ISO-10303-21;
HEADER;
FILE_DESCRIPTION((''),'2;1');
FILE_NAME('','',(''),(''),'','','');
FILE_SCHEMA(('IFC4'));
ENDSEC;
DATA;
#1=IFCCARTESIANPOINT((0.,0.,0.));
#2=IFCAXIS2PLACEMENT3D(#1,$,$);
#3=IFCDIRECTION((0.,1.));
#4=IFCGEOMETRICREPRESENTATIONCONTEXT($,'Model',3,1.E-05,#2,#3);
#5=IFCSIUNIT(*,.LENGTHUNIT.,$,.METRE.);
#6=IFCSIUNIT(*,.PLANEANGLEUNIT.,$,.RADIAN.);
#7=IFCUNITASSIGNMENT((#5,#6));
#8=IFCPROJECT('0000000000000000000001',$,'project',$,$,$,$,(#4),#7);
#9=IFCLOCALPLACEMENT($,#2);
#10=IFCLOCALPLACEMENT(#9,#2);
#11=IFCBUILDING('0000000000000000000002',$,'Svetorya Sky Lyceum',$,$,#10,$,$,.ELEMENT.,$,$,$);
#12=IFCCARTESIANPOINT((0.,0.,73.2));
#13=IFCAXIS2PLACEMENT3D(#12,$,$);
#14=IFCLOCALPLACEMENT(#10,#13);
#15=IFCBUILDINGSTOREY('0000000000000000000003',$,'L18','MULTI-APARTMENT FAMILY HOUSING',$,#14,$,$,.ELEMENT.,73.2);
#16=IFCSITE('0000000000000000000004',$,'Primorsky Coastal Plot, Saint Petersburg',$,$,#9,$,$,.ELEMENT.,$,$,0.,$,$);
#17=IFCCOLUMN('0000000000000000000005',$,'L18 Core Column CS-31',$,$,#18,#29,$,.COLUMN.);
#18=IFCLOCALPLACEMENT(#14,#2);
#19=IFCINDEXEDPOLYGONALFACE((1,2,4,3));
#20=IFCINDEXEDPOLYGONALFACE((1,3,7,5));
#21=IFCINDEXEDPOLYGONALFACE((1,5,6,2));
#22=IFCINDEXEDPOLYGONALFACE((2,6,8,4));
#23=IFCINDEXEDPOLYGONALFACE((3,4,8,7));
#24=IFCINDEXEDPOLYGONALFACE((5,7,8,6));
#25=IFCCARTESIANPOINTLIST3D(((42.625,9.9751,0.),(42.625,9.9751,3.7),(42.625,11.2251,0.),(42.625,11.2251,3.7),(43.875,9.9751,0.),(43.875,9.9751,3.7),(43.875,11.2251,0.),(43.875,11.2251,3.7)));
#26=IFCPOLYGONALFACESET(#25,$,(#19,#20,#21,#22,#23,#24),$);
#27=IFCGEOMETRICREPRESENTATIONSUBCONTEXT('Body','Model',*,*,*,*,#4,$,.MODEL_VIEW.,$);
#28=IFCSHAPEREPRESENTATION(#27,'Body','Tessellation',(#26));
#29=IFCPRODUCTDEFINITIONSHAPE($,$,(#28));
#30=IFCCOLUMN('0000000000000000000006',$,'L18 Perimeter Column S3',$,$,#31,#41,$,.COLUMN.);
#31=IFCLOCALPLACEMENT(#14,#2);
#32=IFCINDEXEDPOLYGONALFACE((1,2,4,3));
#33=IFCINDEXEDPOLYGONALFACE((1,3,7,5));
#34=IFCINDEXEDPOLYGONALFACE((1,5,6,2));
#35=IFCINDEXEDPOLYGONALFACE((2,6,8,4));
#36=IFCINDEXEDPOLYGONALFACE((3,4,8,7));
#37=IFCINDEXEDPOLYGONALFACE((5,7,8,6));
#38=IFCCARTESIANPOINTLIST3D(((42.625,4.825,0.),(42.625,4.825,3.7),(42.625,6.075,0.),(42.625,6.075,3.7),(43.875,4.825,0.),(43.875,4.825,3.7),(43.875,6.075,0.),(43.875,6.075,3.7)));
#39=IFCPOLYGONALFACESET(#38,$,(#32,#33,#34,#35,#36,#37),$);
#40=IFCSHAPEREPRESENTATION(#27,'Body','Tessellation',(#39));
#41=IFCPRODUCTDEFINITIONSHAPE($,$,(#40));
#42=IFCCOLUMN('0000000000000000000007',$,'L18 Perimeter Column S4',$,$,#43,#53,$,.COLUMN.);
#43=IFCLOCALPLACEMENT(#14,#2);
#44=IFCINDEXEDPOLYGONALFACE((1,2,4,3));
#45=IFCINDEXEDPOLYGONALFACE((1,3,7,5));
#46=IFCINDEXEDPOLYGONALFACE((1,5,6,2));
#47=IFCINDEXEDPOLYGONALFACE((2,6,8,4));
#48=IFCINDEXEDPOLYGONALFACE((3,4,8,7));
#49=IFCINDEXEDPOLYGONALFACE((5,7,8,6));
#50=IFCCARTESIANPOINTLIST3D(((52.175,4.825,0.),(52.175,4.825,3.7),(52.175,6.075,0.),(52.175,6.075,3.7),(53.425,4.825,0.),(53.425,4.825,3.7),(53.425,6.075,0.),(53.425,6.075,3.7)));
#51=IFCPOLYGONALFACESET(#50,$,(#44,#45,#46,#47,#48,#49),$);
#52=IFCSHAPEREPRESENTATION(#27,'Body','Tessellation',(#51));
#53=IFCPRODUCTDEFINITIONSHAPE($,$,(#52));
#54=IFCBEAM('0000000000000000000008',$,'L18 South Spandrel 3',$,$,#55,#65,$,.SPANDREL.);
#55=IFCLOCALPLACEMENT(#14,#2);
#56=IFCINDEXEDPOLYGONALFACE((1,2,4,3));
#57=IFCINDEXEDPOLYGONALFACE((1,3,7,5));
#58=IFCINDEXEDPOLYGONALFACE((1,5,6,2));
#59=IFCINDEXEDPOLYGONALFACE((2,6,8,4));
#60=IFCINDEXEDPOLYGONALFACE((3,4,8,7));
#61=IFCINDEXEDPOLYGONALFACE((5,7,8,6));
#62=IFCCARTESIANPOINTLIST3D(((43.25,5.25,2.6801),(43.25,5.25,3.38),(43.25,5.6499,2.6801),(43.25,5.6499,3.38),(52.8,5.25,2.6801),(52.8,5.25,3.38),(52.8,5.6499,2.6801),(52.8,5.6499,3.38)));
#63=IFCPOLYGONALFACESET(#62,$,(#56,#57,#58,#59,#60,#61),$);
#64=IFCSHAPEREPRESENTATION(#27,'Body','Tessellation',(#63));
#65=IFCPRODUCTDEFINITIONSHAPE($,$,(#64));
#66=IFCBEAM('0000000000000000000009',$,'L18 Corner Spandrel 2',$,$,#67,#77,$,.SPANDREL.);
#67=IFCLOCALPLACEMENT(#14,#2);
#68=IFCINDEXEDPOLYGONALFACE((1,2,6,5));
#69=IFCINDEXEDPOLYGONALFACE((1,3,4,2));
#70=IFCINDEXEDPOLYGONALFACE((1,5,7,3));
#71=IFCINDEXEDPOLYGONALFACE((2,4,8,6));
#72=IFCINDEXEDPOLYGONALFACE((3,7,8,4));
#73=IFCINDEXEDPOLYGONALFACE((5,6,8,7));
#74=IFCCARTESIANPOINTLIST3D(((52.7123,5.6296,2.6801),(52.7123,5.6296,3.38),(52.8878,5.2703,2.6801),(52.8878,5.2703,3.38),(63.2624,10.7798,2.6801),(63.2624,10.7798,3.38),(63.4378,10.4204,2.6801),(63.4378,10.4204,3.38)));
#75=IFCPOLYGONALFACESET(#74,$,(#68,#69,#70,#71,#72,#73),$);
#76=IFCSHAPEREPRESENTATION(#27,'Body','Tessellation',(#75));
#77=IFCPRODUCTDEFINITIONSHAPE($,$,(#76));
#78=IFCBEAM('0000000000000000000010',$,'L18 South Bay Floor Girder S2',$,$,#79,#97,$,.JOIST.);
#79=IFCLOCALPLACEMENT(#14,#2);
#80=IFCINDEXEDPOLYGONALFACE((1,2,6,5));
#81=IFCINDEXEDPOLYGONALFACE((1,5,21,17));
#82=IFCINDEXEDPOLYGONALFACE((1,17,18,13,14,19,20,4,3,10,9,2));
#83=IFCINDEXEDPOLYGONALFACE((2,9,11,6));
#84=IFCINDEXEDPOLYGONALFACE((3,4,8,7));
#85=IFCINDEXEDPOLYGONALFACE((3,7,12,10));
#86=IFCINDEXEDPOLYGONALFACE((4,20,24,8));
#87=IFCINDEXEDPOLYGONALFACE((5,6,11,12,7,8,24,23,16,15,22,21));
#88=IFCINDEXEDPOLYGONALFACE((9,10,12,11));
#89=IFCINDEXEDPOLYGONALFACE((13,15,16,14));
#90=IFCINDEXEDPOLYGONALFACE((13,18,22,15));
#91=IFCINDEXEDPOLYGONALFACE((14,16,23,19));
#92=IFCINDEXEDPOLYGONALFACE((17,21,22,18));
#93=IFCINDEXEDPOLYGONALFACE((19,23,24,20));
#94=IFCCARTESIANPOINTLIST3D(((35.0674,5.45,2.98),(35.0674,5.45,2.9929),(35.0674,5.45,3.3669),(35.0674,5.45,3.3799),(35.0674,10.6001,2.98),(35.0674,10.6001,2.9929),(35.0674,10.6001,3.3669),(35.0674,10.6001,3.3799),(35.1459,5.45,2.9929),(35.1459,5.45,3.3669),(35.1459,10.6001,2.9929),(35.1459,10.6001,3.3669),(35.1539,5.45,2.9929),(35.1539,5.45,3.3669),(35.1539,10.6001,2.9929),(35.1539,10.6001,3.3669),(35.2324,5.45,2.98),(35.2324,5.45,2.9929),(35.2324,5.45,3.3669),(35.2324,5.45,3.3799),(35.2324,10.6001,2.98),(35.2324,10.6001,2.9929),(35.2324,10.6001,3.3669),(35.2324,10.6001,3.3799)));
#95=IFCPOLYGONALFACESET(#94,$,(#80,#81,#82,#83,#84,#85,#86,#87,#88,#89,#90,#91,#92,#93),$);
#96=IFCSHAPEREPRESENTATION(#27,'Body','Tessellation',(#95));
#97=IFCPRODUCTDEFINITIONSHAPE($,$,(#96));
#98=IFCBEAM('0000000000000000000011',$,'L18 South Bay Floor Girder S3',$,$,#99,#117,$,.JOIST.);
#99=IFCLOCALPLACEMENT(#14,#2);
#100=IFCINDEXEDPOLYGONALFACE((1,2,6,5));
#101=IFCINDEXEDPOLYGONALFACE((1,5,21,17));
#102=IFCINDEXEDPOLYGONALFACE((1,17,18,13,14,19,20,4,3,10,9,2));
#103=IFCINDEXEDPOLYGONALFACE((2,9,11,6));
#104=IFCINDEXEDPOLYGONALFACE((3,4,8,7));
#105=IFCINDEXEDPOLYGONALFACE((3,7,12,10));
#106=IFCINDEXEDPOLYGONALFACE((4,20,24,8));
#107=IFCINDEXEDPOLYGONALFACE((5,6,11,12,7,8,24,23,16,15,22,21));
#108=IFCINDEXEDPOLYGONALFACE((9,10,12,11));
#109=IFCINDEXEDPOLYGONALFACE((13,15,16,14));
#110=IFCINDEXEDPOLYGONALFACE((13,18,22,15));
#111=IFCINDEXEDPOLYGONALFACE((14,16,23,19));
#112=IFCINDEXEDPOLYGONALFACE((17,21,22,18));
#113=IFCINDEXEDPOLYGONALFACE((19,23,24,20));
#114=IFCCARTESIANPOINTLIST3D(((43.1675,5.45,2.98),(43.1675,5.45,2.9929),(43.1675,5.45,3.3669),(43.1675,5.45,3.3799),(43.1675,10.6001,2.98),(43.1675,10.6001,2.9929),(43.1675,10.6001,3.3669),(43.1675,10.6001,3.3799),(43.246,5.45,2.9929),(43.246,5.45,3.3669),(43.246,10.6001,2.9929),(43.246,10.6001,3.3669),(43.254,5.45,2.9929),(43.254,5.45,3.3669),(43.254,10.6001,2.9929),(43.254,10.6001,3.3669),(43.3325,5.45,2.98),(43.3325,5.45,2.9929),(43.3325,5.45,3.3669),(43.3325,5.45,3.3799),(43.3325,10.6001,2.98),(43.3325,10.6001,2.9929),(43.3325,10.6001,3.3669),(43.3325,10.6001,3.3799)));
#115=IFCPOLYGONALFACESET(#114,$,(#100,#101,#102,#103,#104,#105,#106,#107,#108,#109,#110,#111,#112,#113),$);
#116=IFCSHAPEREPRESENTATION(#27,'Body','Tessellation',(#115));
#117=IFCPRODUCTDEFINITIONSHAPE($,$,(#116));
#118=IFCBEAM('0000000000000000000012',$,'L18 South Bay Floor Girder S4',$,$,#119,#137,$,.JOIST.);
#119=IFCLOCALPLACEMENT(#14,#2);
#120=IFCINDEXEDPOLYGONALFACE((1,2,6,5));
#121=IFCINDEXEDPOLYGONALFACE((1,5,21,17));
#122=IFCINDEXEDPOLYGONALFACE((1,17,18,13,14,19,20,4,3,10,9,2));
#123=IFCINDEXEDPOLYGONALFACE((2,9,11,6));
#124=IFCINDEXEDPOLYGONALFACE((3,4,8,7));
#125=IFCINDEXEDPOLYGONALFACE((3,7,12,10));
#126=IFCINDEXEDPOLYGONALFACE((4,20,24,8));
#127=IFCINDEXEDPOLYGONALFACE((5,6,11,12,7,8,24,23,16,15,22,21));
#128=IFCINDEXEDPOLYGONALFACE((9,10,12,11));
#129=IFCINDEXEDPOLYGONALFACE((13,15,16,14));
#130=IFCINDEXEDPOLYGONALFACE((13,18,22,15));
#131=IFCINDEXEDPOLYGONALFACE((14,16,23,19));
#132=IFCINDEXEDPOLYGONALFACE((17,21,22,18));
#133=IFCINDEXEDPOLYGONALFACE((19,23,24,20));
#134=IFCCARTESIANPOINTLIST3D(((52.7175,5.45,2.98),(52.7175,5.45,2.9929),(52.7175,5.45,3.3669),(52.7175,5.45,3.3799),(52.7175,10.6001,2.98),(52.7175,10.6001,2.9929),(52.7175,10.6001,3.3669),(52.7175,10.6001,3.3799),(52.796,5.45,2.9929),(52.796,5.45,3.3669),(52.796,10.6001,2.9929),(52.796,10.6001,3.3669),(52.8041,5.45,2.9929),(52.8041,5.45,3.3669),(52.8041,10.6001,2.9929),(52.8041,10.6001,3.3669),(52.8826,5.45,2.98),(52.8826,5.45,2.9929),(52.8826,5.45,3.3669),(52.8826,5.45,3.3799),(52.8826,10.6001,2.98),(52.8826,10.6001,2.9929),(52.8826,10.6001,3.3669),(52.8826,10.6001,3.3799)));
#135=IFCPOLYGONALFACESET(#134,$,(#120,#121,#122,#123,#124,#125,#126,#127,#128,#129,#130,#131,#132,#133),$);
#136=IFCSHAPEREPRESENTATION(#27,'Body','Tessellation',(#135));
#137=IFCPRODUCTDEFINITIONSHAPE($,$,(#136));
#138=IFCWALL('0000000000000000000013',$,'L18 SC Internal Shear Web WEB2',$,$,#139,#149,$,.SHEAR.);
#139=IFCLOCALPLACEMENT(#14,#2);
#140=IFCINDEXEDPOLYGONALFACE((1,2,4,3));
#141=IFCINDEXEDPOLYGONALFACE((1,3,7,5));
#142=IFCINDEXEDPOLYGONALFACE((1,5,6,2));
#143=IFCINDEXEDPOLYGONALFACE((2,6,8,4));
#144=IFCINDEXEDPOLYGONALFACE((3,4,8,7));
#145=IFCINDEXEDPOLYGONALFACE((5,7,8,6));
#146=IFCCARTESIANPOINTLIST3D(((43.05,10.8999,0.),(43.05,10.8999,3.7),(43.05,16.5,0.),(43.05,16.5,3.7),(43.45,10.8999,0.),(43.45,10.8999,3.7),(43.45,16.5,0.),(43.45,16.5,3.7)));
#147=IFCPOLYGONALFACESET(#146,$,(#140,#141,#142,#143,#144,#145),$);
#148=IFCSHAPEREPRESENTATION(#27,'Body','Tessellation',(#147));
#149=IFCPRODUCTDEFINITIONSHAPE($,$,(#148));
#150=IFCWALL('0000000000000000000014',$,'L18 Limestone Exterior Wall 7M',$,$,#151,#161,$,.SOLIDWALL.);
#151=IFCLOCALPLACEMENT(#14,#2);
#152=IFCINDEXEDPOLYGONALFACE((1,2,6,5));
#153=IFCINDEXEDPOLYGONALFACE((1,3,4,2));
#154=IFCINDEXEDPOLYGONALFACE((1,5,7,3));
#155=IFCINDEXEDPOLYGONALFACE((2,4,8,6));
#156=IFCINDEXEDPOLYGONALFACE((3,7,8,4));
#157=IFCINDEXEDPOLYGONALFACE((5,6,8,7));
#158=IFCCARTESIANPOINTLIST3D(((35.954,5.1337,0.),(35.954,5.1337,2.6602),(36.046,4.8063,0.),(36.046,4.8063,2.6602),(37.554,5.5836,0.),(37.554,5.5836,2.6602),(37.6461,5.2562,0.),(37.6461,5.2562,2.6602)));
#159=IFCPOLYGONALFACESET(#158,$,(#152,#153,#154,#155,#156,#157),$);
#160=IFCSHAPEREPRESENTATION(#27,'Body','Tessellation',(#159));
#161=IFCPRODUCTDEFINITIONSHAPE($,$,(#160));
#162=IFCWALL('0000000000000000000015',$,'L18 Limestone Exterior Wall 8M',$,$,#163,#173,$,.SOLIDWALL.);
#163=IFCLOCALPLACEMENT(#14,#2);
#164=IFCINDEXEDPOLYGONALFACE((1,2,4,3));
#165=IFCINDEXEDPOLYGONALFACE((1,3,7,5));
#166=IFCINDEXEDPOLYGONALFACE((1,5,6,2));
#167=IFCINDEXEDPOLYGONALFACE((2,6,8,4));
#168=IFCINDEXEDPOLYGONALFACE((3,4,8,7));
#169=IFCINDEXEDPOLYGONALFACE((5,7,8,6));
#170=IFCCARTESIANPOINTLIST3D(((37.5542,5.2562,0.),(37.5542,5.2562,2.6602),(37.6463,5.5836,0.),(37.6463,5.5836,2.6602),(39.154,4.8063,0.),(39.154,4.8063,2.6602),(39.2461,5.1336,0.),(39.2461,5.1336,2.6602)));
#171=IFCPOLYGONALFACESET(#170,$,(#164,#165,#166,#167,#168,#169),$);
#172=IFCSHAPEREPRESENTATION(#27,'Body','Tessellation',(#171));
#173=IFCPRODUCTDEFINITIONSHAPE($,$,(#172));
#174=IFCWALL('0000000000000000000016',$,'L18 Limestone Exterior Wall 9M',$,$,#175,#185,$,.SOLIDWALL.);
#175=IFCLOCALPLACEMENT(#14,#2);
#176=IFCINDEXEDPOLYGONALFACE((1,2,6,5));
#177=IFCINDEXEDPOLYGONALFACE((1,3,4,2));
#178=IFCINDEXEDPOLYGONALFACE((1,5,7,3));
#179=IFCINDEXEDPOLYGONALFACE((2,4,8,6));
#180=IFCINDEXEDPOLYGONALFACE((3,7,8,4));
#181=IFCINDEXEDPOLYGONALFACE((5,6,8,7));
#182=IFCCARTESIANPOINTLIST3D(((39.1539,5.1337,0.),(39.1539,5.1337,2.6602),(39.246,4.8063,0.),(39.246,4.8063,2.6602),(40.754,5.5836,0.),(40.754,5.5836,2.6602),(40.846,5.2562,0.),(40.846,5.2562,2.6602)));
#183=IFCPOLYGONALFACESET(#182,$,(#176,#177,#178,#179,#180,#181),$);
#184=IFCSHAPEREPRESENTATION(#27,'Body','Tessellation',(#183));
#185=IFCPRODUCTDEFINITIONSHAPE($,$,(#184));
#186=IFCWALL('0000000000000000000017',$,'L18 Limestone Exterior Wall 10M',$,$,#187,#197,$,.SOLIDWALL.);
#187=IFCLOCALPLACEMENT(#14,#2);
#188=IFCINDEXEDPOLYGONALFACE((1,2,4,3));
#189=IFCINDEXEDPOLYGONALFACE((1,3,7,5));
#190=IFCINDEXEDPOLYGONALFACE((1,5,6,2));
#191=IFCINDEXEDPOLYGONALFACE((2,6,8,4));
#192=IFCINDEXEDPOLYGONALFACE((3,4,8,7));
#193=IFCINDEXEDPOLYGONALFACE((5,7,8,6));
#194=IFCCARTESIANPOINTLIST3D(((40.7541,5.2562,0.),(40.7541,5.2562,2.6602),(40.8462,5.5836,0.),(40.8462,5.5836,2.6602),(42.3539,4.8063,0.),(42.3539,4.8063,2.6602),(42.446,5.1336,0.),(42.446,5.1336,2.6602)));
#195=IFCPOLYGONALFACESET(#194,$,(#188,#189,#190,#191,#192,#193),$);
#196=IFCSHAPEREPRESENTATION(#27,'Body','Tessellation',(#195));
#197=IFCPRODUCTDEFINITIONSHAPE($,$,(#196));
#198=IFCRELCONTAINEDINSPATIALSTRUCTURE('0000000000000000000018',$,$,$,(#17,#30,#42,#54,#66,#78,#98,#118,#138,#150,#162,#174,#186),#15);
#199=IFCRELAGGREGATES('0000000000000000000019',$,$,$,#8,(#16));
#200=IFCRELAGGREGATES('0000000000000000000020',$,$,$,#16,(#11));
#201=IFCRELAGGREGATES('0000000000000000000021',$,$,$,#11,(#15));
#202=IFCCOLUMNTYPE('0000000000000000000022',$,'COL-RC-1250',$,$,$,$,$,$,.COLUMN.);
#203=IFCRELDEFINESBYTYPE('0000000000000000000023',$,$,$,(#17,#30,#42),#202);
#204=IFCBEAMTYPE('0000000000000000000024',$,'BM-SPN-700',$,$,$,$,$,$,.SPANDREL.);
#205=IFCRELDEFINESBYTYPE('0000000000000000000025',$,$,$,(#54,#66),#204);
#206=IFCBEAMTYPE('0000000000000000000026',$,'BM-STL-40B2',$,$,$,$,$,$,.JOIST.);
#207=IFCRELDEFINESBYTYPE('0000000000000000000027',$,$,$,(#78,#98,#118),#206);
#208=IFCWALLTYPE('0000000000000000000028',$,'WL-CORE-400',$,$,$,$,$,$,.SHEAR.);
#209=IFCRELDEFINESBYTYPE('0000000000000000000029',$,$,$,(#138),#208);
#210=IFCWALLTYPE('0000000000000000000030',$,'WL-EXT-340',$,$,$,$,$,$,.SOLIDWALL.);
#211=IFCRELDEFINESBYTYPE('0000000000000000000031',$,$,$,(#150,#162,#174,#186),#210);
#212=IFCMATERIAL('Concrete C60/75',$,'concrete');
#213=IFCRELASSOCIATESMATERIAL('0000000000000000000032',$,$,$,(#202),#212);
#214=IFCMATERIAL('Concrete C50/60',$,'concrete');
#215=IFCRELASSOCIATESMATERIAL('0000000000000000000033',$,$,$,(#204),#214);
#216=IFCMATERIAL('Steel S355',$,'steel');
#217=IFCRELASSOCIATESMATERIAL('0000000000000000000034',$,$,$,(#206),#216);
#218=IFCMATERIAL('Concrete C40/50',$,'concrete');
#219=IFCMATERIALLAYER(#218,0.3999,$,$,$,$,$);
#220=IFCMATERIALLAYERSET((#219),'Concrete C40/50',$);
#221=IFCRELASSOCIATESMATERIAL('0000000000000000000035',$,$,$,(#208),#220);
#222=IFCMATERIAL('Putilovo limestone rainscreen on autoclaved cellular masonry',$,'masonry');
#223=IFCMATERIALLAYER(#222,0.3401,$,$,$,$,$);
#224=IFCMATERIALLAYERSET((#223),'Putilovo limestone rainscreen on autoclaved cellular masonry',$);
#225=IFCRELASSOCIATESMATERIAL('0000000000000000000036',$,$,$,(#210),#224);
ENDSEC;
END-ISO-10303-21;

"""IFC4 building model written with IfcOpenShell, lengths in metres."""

from ifc_helpers import new_model, si_unit, direction, frame, frame_2d, origin, origin_2d, place, context, subcontext, project, spatial, rectangle, i_section, extrude, material, layer, layer_set, material_profile, profile_set, type_object, element, save


model = new_model("IFC4")

# Units and contexts
model_context = context("Model", 3, precision=1e-05, world=origin(), true_north=direction((0.0, 1.0)))
body_context = subcontext(model_context, "Body", "Model", "MODEL_VIEW")
ifc_project = project(units=[si_unit("LENGTHUNIT", "METRE"), si_unit("PLANEANGLEUNIT", "RADIAN")], contexts=[model_context])

# Site, building, storey
site_placement = place(None, origin())
site = spatial("IfcSite", under=ifc_project, at=site_placement, Name="Primorsky Coastal Plot, Saint Petersburg", CompositionType="ELEMENT", RefElevation=0.0)
building_placement = place(site_placement, origin())
building = spatial("IfcBuilding", under=site, at=building_placement, Name="Svetorya Sky Lyceum", CompositionType="ELEMENT")
storey_placement = place(building_placement, frame((0.0, 0.0, 73.2)))
storey = spatial("IfcBuildingStorey", under=building, at=storey_placement, Name="L18", Description="MULTI-APARTMENT FAMILY HOUSING", CompositionType="ELEMENT", Elevation=73.2)

# Columns
ifc_material_1 = material(Name="Concrete C60/75", Category="concrete")
ifc_material_profile_1 = material_profile(ifc_material_1, rectangle(XDim=1.25, YDim=1.25, at=origin_2d()), Name="RC COL 1250x1250")
ifc_profile_set_1 = profile_set([ifc_material_profile_1], Name="Concrete C60/75")
column_type = type_object("IfcColumnType", Name="COL-RC-1250", PredefinedType="COLUMN", material=ifc_profile_set_1)
for number, where, z_axis, x_axis, name in (
    (1, (43.25, 10.6001, 0.0), (0.0, 0.0, 1.0), (1.0, 0.0, 0.0), "L18 Core Column CS-31"),
    (2, (43.25, 5.45, 0.0), (0.0, 0.0, 1.0), (1.0, 0.0, 0.0), "L18 Perimeter Column S3"),
    (3, (52.8, 5.45, 0.0), (0.0, 0.0, 1.0), (1.0, 0.0, 0.0), "L18 Perimeter Column S4"),
):
    element("IfcColumn", number, at=place(storey_placement, frame(where, z_axis=z_axis, x_axis=x_axis)), inside=storey, type_object=column_type, Name=name, PredefinedType="COLUMN", context=body_context, shape_type="SweptSolid", body=[
        extrude(rectangle(XDim=1.25, YDim=1.25, at=origin_2d()), origin(), (0.0, 0.0, 1.0), 3.7),
    ])

# Beams
ifc_material_2 = material(Name="Concrete C50/60", Category="concrete")
ifc_material_profile_2 = material_profile(ifc_material_2, rectangle(XDim=0.3999, YDim=0.7, at=origin_2d()), Name="RC SPANDREL 400x700")
ifc_profile_set_2 = profile_set([ifc_material_profile_2], Name="Concrete C50/60")
beam_type_1 = type_object("IfcBeamType", Name="BM-SPN-700", PredefinedType="SPANDREL", material=ifc_profile_set_2)
beam_1_placement = place(storey_placement, frame((43.25, 5.45, 3.03), z_axis=(1.0, 0.0, 0.0), x_axis=(0.0, 1.0, 0.0)))
element("IfcBeam", 4, at=beam_1_placement, inside=storey, type_object=beam_type_1, Name="L18 South Spandrel 3", PredefinedType="SPANDREL", context=body_context, shape_type="SweptSolid", body=[
    extrude(rectangle(XDim=0.3999, YDim=0.7, at=origin_2d()), origin(), (0.0, 0.0, 1.0), 9.55),
])
beam_2_placement = place(storey_placement, frame((52.8, 5.45, 3.03), z_axis=(0.898641, 0.438684, 0.0), x_axis=(-0.438684, 0.898641, 0.0)))
element("IfcBeam", 5, at=beam_2_placement, inside=storey, type_object=beam_type_1, Name="L18 Corner Spandrel 2", PredefinedType="SPANDREL", context=body_context, shape_type="SweptSolid", body=[
    extrude(rectangle(XDim=0.3999, YDim=0.7, at=origin_2d()), origin(), (0.0, 0.0, 1.0), 11.74),
])
ifc_material_3 = material(Name="Steel S355", Category="steel")
ifc_material_profile_3 = material_profile(ifc_material_3, i_section(OverallWidth=0.165, OverallDepth=0.3999, WebThickness=0.0081, FlangeThickness=0.0129, at=origin_2d()), Name="GOST 40B2")
ifc_profile_set_3 = profile_set([ifc_material_profile_3], Name="Steel S355")
beam_type_2 = type_object("IfcBeamType", Name="BM-STL-40B2", PredefinedType="JOIST", material=ifc_profile_set_3)
for number, where, z_axis, x_axis, name in (
    (6, (35.1499, 5.45, 3.1799), (0.0, 1.0, 0.0), (-1.0, 0.0, 0.0), "L18 South Bay Floor Girder S2"),
    (7, (43.25, 5.45, 3.1799), (0.0, 1.0, 0.0), (-1.0, 0.0, 0.0), "L18 South Bay Floor Girder S3"),
    (8, (52.8, 5.45, 3.1799), (0.0, 1.0, 0.0), (-1.0, 0.0, 0.0), "L18 South Bay Floor Girder S4"),
):
    element("IfcBeam", number, at=place(storey_placement, frame(where, z_axis=z_axis, x_axis=x_axis)), inside=storey, type_object=beam_type_2, Name=name, PredefinedType="JOIST", context=body_context, shape_type="SweptSolid", body=[
        extrude(i_section(OverallWidth=0.165, OverallDepth=0.3999, WebThickness=0.0081, FlangeThickness=0.0129, at=origin_2d()), origin(), (0.0, 0.0, 1.0), 5.1501),
    ])

# Walls
ifc_material_4 = material(Name="Concrete C40/50", Category="concrete")
ifc_layer_1 = layer(ifc_material_4, 0.3999)
ifc_layer_set_1 = layer_set([ifc_layer_1], Name="Concrete C40/50")
wall_type_1 = type_object("IfcWallType", Name="WL-CORE-400", PredefinedType="SHEAR", material=ifc_layer_set_1)
wall_1_placement = place(storey_placement, frame((43.25, 10.8999, 0.0), z_axis=(0.0, 0.0, 1.0), x_axis=(0.0, 1.0, 0.0)))
element("IfcWall", 9, at=wall_1_placement, inside=storey, type_object=wall_type_1, Name="L18 SC Internal Shear Web WEB2", PredefinedType="SHEAR", context=body_context, shape_type="SweptSolid", body=[
    extrude(rectangle(XDim=5.6001, YDim=0.3999, at=frame_2d((2.8, 0.0))), origin(), (0.0, 0.0, 1.0), 3.7),
])
ifc_material_5 = material(Name="Putilovo limestone rainscreen on autoclaved cellular masonry", Category="masonry")
ifc_layer_2 = layer(ifc_material_5, 0.3401)
ifc_layer_set_2 = layer_set([ifc_layer_2], Name="Putilovo limestone rainscreen on autoclaved cellular masonry")
wall_type_2 = type_object("IfcWallType", Name="WL-EXT-340", PredefinedType="SOLIDWALL", material=ifc_layer_set_2)
wall_2_placement = place(storey_placement, frame((36.0, 4.97, 0.0), z_axis=(0.0, 0.0, 1.0), x_axis=(0.962663, 0.270703, 0.0)))
element("IfcWall", 10, at=wall_2_placement, inside=storey, type_object=wall_type_2, Name="L18 Limestone Exterior Wall 7M", PredefinedType="SOLIDWALL", context=body_context, shape_type="SweptSolid", body=[
    extrude(rectangle(XDim=1.6621, YDim=0.3401, at=frame_2d((0.8311, 0.0))), origin(), (0.0, 0.0, 1.0), 2.6602),
])
wall_3_placement = place(storey_placement, frame((37.6001, 5.4199, 0.0), z_axis=(0.0, 0.0, 1.0), x_axis=(0.962652, -0.270741, 0.0)))
element("IfcWall", 11, at=wall_3_placement, inside=storey, type_object=wall_type_2, Name="L18 Limestone Exterior Wall 8M", PredefinedType="SOLIDWALL", context=body_context, shape_type="SweptSolid", body=[
    extrude(rectangle(XDim=1.6619, YDim=0.3401, at=frame_2d((0.8311, 0.0))), origin(), (0.0, 0.0, 1.0), 2.6602),
])
wall_4_placement = place(storey_placement, frame((39.2, 4.97, 0.0), z_axis=(0.0, 0.0, 1.0), x_axis=(0.962663, 0.270703, 0.0)))
element("IfcWall", 12, at=wall_4_placement, inside=storey, type_object=wall_type_2, Name="L18 Limestone Exterior Wall 9M", PredefinedType="SOLIDWALL", context=body_context, shape_type="SweptSolid", body=[
    extrude(rectangle(XDim=1.6621, YDim=0.3401, at=frame_2d((0.8311, 0.0))), origin(), (0.0, 0.0, 1.0), 2.6602),
])
wall_5_placement = place(storey_placement, frame((40.8, 5.4199, 0.0), z_axis=(0.0, 0.0, 1.0), x_axis=(0.962652, -0.270741, 0.0)))
element("IfcWall", 13, at=wall_5_placement, inside=storey, type_object=wall_type_2, Name="L18 Limestone Exterior Wall 10M", PredefinedType="SOLIDWALL", context=body_context, shape_type="SweptSolid", body=[
    extrude(rectangle(XDim=1.6619, YDim=0.3401, at=frame_2d((0.8311, 0.0))), origin(), (0.0, 0.0, 1.0), 2.6602),
])

save(model, "model.ifc")
